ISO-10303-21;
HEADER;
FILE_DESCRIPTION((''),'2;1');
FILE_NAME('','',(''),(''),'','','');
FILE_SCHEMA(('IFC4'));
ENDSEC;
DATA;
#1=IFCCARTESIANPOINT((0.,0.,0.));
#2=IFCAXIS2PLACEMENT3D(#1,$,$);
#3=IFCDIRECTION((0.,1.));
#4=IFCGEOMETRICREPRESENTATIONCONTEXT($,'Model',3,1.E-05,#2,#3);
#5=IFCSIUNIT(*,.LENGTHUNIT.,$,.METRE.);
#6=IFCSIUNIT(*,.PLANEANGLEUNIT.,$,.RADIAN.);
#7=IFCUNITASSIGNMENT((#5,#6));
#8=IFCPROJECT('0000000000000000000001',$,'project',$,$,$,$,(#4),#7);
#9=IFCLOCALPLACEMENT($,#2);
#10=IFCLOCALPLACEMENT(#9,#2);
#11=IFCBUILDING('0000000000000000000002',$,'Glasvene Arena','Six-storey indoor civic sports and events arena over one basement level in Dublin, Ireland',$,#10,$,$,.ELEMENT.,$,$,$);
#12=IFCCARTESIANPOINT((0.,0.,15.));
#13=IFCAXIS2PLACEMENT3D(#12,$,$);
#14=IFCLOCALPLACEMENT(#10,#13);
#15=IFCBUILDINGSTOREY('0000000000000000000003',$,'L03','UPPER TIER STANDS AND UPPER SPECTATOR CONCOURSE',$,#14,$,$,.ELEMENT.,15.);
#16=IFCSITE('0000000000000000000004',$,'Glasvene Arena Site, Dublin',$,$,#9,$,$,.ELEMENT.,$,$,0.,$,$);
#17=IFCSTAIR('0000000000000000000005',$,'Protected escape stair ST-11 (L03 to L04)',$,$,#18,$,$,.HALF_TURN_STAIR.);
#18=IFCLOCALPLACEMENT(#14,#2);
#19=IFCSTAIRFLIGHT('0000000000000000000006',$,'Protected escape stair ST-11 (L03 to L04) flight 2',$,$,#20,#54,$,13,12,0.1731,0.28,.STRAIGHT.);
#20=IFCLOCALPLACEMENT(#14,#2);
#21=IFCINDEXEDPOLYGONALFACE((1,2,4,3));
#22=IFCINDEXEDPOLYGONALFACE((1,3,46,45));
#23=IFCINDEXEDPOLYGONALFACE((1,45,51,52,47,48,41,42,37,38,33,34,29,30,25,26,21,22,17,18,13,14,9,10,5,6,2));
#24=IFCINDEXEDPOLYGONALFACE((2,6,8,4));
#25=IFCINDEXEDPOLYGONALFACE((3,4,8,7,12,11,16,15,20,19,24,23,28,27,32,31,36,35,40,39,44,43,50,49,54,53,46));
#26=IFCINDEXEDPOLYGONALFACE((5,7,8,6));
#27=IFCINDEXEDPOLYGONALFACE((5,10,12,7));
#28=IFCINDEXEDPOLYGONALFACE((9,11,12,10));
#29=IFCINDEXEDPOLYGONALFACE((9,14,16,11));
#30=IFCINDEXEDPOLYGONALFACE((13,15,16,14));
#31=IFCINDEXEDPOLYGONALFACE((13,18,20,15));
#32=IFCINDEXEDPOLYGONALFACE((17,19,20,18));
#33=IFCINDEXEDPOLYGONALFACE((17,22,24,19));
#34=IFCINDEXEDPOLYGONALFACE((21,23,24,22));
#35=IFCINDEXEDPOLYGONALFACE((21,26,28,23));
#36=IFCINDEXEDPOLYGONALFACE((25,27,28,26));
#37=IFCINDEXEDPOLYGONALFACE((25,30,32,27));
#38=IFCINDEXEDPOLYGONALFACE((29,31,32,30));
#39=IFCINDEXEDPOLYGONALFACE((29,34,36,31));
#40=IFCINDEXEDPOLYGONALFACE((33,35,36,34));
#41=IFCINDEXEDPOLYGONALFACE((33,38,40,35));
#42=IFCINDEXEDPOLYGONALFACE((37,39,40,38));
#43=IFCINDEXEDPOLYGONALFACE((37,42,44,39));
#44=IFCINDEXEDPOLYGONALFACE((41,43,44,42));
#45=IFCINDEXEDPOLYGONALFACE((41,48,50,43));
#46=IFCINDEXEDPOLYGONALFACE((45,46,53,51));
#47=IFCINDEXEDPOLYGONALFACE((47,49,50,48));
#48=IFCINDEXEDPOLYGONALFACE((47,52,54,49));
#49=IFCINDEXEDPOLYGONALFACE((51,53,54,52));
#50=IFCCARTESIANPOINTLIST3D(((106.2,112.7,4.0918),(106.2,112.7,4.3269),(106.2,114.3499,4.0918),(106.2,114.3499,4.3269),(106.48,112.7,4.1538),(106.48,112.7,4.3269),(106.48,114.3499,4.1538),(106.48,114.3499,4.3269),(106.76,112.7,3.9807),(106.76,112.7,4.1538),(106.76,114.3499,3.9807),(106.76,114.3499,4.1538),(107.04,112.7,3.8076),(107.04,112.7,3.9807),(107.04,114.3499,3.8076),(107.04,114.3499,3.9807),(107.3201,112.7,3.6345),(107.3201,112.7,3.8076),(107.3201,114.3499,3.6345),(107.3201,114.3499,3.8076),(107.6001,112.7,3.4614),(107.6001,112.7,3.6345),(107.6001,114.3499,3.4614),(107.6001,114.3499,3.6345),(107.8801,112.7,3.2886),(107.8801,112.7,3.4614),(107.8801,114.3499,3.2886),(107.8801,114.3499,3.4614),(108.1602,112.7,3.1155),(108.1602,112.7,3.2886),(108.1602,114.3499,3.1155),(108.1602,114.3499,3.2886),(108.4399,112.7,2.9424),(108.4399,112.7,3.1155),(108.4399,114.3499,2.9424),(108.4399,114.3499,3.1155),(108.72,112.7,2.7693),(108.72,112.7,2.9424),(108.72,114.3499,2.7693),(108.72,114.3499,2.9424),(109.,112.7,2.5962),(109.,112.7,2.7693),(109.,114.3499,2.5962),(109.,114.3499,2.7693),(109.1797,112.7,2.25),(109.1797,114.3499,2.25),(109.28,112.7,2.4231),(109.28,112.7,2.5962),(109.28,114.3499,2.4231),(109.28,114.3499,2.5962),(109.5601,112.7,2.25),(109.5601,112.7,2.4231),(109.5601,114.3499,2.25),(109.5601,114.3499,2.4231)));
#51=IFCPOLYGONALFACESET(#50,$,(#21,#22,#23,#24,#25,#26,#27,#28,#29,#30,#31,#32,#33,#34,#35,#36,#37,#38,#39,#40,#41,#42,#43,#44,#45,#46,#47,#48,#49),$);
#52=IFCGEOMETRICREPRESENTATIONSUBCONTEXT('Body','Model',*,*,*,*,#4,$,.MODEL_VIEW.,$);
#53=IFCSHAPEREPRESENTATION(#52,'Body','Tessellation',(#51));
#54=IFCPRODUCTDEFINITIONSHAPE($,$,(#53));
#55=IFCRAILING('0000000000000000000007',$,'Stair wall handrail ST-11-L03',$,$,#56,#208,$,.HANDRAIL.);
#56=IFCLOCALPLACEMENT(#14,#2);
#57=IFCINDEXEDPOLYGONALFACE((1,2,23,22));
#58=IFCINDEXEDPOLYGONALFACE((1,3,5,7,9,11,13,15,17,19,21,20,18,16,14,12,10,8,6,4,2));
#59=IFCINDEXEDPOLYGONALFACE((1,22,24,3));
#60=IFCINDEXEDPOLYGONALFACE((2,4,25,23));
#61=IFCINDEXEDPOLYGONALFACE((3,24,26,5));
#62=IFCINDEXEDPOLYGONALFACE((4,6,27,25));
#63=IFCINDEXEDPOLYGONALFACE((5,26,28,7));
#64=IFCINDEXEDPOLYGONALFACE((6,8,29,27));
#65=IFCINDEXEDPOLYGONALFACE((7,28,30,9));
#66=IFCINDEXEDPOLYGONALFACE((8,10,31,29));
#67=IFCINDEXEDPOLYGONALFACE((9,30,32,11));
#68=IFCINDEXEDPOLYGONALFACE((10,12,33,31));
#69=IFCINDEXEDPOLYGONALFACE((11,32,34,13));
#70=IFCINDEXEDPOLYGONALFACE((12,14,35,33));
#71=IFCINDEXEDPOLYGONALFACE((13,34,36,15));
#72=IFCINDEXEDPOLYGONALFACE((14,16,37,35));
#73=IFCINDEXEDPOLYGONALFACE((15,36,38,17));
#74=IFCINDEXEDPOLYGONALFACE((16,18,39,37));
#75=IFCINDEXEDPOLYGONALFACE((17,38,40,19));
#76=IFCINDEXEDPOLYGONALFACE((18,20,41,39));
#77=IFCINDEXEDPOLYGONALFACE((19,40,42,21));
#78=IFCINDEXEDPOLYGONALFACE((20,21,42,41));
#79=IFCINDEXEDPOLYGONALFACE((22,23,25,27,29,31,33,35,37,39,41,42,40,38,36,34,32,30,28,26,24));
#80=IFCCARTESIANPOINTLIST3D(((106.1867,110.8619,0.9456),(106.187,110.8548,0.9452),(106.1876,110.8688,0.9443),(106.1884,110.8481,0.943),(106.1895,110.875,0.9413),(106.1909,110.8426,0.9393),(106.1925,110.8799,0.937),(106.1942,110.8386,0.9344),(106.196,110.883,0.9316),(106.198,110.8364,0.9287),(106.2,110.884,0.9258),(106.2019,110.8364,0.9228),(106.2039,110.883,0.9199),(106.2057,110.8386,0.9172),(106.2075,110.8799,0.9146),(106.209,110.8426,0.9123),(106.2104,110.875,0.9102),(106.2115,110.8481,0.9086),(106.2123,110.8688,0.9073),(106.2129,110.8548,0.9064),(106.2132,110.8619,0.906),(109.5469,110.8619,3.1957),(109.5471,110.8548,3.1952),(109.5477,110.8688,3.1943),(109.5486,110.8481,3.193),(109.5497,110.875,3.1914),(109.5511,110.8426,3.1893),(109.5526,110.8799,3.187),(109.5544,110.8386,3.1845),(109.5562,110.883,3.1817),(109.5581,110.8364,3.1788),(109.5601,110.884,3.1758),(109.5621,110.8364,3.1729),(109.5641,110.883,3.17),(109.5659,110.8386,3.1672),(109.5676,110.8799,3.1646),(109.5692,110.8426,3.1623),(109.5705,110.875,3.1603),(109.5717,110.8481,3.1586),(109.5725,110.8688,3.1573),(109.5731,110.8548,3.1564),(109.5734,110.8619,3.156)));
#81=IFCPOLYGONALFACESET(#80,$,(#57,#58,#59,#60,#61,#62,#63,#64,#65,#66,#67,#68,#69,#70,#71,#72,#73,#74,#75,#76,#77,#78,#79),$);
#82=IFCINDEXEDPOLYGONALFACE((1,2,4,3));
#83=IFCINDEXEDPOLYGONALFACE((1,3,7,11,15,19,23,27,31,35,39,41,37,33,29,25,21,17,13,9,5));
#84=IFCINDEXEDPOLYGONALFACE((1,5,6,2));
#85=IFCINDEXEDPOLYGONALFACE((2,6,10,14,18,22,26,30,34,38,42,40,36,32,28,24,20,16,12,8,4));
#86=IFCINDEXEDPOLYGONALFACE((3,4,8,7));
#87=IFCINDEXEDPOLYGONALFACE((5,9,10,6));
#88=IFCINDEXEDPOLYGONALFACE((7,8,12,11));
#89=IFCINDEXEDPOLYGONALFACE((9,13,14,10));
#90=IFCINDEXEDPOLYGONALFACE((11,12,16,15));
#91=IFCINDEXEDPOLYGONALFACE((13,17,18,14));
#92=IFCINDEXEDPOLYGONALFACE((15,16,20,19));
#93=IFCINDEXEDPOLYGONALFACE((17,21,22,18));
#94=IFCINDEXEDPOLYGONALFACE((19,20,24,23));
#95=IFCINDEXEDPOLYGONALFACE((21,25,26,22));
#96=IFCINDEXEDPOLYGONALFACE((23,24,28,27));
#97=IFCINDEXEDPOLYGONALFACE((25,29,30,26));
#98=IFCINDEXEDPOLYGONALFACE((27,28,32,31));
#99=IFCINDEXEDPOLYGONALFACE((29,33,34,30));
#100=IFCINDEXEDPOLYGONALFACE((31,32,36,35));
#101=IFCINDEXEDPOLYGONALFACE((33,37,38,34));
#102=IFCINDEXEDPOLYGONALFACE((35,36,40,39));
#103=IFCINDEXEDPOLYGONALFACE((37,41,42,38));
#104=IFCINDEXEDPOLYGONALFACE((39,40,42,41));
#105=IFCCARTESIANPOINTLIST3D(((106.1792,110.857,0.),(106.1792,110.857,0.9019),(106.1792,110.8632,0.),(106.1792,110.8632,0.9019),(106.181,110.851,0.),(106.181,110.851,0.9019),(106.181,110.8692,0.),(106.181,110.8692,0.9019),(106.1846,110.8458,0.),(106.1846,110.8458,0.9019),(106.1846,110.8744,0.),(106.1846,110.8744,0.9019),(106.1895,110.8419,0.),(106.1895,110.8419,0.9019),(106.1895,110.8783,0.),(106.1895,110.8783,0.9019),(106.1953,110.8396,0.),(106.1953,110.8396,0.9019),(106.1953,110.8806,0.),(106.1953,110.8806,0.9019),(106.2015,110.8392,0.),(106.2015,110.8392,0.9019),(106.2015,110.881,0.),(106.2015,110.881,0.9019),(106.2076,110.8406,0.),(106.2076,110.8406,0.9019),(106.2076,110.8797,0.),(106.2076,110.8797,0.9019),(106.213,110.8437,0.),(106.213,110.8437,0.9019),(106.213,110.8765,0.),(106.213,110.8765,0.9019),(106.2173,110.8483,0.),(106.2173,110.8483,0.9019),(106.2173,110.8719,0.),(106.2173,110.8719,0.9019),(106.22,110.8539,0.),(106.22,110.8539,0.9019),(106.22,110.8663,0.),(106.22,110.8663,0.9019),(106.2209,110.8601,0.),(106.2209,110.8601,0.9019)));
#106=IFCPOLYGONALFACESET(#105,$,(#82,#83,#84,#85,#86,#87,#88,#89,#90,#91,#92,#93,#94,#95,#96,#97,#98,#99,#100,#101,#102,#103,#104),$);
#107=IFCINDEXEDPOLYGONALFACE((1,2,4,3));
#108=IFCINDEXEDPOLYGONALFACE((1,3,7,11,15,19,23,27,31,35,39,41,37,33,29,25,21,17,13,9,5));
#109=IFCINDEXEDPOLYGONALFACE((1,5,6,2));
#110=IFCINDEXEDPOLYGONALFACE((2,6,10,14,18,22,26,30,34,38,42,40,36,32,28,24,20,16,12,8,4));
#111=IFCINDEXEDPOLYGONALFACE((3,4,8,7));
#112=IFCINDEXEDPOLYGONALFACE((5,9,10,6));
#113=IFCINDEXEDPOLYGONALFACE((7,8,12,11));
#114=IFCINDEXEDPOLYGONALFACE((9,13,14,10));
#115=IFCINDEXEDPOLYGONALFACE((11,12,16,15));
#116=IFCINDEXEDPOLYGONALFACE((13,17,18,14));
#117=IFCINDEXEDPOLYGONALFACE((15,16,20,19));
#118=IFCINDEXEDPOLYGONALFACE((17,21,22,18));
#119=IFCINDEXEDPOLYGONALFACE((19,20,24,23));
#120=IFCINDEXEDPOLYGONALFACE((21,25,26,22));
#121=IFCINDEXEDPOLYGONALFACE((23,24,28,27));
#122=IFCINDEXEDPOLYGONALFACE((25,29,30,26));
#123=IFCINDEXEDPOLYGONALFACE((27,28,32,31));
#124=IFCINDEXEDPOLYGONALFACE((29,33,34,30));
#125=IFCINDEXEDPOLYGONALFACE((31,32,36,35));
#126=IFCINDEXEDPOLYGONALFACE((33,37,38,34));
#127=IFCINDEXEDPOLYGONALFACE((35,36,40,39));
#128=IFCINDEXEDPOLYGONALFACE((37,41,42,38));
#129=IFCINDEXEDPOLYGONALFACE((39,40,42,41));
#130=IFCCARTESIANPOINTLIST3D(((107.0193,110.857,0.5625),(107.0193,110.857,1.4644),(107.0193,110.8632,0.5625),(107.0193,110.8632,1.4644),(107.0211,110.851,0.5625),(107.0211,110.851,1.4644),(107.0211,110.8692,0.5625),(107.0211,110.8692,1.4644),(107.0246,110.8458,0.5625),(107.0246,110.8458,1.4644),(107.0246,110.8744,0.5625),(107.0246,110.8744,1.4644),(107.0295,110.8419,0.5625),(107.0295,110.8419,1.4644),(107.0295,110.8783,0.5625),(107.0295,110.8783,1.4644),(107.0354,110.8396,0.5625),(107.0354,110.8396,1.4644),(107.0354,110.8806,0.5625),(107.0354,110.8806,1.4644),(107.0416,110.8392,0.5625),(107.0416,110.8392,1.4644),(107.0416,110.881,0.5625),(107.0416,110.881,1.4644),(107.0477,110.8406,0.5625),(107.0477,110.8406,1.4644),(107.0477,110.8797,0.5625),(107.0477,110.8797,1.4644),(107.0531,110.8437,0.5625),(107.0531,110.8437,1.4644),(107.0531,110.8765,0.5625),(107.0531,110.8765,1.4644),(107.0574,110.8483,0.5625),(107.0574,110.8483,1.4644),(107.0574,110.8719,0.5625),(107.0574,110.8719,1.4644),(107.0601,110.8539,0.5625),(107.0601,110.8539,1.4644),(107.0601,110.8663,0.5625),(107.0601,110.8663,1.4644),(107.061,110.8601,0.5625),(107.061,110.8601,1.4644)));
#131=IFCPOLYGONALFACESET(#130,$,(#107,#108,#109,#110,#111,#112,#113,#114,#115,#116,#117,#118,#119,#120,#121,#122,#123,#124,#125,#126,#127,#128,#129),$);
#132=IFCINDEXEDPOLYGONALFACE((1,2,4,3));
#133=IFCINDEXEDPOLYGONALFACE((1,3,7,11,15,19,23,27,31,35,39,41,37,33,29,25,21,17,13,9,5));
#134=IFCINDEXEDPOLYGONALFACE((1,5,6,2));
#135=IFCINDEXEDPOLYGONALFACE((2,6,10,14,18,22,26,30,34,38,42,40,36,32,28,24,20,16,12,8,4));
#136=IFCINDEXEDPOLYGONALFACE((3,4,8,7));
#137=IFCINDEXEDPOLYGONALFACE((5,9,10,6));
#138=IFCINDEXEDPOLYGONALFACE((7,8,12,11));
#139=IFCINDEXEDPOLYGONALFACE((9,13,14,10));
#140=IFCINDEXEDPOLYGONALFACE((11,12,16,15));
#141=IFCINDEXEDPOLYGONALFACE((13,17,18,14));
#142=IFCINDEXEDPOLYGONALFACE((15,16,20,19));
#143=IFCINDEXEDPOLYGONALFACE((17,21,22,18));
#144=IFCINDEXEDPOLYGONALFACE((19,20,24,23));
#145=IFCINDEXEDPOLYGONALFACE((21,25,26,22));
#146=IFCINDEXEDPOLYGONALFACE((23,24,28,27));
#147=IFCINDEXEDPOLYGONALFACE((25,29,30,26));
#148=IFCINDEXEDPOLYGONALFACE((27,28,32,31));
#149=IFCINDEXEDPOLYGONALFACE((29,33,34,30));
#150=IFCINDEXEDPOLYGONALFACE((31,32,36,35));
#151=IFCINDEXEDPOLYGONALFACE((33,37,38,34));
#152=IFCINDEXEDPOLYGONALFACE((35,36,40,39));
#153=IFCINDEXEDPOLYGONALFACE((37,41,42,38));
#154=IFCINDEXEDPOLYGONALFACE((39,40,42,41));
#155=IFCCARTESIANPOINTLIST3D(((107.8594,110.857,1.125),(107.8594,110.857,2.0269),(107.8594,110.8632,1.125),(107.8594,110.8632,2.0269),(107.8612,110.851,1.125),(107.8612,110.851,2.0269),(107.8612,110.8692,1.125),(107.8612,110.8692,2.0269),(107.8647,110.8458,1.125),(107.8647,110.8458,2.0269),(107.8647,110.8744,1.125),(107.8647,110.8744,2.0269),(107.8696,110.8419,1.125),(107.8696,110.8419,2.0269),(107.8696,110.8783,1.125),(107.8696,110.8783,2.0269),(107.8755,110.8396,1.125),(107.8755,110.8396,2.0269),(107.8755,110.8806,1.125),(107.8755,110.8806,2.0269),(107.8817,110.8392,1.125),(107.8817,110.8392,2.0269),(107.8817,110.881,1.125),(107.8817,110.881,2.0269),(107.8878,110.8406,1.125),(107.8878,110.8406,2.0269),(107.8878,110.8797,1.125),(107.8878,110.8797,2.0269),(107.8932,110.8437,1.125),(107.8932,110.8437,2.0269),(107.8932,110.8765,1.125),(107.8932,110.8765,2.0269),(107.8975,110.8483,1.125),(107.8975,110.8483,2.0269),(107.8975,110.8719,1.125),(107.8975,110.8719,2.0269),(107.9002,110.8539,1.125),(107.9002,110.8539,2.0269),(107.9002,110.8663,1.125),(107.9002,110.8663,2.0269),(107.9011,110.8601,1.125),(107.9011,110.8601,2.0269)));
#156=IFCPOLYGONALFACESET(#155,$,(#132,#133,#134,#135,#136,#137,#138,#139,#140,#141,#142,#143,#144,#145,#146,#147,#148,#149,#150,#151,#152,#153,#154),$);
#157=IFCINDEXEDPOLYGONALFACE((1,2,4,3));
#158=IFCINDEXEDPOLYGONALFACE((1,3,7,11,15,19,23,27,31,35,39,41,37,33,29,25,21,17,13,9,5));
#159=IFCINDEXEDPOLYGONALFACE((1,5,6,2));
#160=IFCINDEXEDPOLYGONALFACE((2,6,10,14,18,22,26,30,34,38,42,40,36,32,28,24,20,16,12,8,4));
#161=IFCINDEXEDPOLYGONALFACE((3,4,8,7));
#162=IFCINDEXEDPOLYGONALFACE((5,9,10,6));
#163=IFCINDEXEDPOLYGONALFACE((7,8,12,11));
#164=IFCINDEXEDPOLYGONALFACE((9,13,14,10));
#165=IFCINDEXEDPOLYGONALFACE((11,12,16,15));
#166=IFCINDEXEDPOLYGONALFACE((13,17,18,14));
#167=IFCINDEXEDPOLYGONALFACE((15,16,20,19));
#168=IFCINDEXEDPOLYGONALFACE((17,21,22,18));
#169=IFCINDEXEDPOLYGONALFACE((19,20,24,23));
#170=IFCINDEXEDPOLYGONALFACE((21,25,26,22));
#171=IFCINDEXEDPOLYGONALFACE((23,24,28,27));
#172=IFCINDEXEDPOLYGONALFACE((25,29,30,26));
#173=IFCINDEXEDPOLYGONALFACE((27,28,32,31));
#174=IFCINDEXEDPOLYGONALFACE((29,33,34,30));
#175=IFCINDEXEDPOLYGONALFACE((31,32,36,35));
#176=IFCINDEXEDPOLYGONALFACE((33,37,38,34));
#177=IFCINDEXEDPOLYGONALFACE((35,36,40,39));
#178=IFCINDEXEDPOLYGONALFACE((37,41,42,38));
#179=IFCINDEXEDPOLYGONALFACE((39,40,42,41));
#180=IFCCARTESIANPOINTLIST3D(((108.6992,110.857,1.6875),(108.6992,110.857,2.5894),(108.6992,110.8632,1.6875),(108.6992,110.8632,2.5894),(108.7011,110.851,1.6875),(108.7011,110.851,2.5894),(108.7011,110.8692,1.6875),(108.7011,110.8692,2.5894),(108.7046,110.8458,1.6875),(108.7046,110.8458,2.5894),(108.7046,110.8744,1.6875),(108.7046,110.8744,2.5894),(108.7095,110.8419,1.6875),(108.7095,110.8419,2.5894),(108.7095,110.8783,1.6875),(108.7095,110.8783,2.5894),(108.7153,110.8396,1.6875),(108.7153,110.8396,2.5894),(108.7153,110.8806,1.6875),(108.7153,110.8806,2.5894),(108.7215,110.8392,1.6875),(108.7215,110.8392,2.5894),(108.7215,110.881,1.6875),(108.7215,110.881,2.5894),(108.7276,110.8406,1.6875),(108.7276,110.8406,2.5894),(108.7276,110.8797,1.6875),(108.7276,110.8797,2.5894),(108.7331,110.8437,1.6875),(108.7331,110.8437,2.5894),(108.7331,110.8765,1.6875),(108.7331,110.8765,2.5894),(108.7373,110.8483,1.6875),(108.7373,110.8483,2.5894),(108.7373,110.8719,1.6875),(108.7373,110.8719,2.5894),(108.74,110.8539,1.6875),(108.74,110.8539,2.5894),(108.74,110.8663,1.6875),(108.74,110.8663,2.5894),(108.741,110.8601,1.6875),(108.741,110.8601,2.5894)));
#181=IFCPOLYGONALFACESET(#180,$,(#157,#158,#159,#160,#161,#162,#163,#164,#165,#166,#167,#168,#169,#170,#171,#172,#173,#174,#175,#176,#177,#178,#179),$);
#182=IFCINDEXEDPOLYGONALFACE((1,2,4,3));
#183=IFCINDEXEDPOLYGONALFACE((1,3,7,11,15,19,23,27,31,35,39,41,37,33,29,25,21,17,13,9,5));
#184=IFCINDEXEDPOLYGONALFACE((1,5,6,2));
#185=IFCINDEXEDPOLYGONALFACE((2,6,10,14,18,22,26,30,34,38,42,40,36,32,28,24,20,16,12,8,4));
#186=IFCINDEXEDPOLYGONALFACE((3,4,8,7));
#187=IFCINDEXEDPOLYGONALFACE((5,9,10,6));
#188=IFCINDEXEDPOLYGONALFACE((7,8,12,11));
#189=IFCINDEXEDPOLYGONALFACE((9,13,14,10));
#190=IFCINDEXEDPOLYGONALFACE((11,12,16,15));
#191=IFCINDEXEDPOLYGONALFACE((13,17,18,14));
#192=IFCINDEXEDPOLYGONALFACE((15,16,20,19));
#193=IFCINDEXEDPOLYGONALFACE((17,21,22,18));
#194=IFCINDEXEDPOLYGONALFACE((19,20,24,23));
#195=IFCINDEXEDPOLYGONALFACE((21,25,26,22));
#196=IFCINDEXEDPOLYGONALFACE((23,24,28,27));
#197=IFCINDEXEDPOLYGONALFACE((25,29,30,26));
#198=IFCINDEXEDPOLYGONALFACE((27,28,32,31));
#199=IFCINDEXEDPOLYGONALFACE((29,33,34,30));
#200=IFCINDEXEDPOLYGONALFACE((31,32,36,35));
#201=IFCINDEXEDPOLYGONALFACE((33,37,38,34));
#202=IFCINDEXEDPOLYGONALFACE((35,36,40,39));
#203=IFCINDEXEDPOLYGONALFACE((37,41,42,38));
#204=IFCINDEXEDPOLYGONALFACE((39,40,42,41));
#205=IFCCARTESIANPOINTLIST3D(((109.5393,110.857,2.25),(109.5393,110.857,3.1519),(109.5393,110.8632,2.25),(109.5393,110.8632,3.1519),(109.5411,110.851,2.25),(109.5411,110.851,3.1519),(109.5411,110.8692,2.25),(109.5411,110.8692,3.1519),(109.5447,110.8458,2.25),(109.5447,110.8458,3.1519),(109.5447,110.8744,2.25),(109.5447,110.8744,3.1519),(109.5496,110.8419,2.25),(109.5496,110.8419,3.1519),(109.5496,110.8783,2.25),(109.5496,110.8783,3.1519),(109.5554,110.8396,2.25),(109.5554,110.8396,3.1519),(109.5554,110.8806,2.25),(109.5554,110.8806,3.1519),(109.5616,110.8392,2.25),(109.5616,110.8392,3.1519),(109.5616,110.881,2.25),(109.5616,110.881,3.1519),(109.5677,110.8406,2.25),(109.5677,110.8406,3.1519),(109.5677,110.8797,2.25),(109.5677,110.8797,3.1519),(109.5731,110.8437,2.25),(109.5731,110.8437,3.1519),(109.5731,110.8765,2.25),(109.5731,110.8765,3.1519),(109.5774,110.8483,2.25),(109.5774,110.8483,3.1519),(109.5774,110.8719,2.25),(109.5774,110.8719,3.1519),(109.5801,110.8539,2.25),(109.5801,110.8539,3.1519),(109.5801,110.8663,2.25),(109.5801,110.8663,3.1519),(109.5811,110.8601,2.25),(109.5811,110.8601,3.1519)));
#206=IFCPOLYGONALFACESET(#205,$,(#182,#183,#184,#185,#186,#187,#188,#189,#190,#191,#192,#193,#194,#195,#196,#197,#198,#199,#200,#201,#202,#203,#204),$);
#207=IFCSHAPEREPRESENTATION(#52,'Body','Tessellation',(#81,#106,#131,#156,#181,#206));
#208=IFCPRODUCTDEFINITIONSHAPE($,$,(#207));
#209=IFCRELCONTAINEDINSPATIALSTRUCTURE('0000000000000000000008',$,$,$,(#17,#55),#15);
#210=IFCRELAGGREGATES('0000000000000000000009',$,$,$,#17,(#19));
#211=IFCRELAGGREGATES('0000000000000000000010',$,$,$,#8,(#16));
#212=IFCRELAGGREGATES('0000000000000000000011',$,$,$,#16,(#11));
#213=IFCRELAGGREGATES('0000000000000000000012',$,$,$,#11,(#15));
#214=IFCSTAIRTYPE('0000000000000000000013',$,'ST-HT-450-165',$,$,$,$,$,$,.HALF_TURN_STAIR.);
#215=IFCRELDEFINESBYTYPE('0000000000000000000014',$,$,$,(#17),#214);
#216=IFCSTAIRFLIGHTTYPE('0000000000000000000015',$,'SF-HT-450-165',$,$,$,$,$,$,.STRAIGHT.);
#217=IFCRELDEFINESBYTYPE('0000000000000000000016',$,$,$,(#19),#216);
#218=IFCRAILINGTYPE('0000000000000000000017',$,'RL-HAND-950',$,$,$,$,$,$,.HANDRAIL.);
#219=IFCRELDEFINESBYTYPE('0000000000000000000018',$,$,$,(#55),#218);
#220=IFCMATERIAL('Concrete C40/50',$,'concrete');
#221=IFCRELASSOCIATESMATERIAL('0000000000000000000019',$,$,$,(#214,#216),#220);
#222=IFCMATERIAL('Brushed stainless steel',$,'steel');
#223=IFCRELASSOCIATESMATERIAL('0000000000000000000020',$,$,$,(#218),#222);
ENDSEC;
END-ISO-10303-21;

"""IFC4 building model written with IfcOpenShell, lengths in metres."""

from ifc_helpers import new_model, si_unit, direction, frame, origin, origin_2d, place, context, subcontext, project, spatial, polyline, circle, outline, extrude, material, type_object, element, aggregate, save


model = new_model("IFC4")

# Units and contexts
model_context = context("Model", 3, precision=1e-05, world=origin(), true_north=direction((0.0, 1.0)))
body_context = subcontext(model_context, "Body", "Model", "MODEL_VIEW")
ifc_project = project(units=[si_unit("LENGTHUNIT", "METRE"), si_unit("PLANEANGLEUNIT", "RADIAN")], contexts=[model_context])

# Site, building, storey
site_placement = place(None, origin())
site = spatial("IfcSite", under=ifc_project, at=site_placement, Name="Glasvene Arena Site, Dublin", CompositionType="ELEMENT", RefElevation=0.0)
building_placement = place(site_placement, origin())
building = spatial("IfcBuilding", under=site, at=building_placement, Name="Glasvene Arena", Description="Six-storey indoor civic sports and events arena over one basement level in Dublin, Ireland", CompositionType="ELEMENT")
storey_placement = place(building_placement, frame((0.0, 0.0, 15.0)))
storey = spatial("IfcBuildingStorey", under=building, at=storey_placement, Name="L03", Description="UPPER TIER STANDS AND UPPER SPECTATOR CONCOURSE", CompositionType="ELEMENT", Elevation=15.0)

# Shared definitions
ifc_material_1 = material(Name="Concrete C40/50", Category="concrete")

# Stair
stair_type = type_object("IfcStairType", Name="ST-HT-450-165", PredefinedType="HALF_TURN_STAIR", material=ifc_material_1)
stair_placement = place(storey_placement, origin())
stair = element("IfcStair", 1, at=stair_placement, inside=storey, type_object=stair_type, Name="Protected escape stair ST-11 (L03 to L04)", PredefinedType="HALF_TURN_STAIR")

# Stair flight
stair_flight_type = type_object("IfcStairFlightType", Name="SF-HT-450-165", PredefinedType="STRAIGHT", material=ifc_material_1)
stair_flight_1_placement = place(storey_placement, frame((109.5601, 113.5249, 2.25), z_axis=(0.0, 0.0, 1.0), x_axis=(-1.0, 0.0, 0.0)))
stair_flight_1 = element("IfcStairFlight", 2, at=stair_flight_1_placement, type_object=stair_flight_type, Name="Protected escape stair ST-11 (L03 to L04) flight 2", NumberOfRisers=13, NumberOfTreads=12, PredefinedType="STRAIGHT", RiserHeight=0.1731, TreadLength=0.28, context=body_context, shape_type="SweptSolid", body=[
    extrude(outline(polyline([(0.0, 0.0), (0.0, 0.1731), (0.28, 0.1731), (0.28, 0.3462), (0.5601, 0.3462), (0.5601, 0.5193), (0.8401, 0.5193), (0.8401, 0.6924), (1.1201, 0.6924), (1.1201, 0.8655), (1.3999, 0.8655), (1.3999, 1.0386), (1.6799, 1.0386), (1.6799, 1.2114), (1.96, 1.2114), (1.96, 1.3845), (2.24, 1.3845), (2.24, 1.5576), (2.52, 1.5576), (2.52, 1.7307), (2.8, 1.7307), (2.8, 1.9038), (3.0801, 1.9038), (3.0801, 2.0769), (3.3601, 2.0769), (3.3601, 2.25), (3.3601, 1.8418), (0.3804, 0.0), (0.0, 0.0)])), frame((0.0, 0.825, 0.0), z_axis=(0.0, -1.0, 0.0), x_axis=(1.0, 0.0, 0.0)), (0.0, 0.0, 1.0), 1.6499),
])
aggregate(stair, [stair_flight_1])

# Railing
ifc_material_2 = material(Name="Brushed stainless steel", Category="steel")
railing_type_1 = type_object("IfcRailingType", Name="RL-HAND-950", PredefinedType="HANDRAIL", material=ifc_material_2)
railing_1_placement = place(storey_placement, frame((106.2, 110.8601, 0.0)))
element("IfcRailing", 3, at=railing_1_placement, inside=storey, type_object=railing_type_1, Name="Stair wall handrail ST-11-L03", PredefinedType="HANDRAIL", context=body_context, shape_type="SweptSolid", body=[
    extrude(circle(Radius=0.0239, at=origin_2d()), frame((0.0, 0.0, 0.9258), z_axis=(0.830915, 0.0, 0.556399), x_axis=(0.0, 1.0, 0.0)), (0.0, 0.0, 1.0), 4.0439),
    extrude(circle(Radius=0.021, at=origin_2d()), origin(), (0.0, 0.0, 1.0), 0.9019),
    extrude(circle(Radius=0.021, at=origin_2d()), frame((0.8401, 0.0, 0.5625)), (0.0, 0.0, 1.0), 0.9019),
    extrude(circle(Radius=0.021, at=origin_2d()), frame((1.6802, 0.0, 1.125)), (0.0, 0.0, 1.0), 0.9019),
    extrude(circle(Radius=0.021, at=origin_2d()), frame((2.52, 0.0, 1.6875)), (0.0, 0.0, 1.0), 0.9019),
    extrude(circle(Radius=0.021, at=origin_2d()), frame((3.3601, 0.0, 2.25)), (0.0, 0.0, 1.0), 0.9019),
])

save(model, "model.ifc")
